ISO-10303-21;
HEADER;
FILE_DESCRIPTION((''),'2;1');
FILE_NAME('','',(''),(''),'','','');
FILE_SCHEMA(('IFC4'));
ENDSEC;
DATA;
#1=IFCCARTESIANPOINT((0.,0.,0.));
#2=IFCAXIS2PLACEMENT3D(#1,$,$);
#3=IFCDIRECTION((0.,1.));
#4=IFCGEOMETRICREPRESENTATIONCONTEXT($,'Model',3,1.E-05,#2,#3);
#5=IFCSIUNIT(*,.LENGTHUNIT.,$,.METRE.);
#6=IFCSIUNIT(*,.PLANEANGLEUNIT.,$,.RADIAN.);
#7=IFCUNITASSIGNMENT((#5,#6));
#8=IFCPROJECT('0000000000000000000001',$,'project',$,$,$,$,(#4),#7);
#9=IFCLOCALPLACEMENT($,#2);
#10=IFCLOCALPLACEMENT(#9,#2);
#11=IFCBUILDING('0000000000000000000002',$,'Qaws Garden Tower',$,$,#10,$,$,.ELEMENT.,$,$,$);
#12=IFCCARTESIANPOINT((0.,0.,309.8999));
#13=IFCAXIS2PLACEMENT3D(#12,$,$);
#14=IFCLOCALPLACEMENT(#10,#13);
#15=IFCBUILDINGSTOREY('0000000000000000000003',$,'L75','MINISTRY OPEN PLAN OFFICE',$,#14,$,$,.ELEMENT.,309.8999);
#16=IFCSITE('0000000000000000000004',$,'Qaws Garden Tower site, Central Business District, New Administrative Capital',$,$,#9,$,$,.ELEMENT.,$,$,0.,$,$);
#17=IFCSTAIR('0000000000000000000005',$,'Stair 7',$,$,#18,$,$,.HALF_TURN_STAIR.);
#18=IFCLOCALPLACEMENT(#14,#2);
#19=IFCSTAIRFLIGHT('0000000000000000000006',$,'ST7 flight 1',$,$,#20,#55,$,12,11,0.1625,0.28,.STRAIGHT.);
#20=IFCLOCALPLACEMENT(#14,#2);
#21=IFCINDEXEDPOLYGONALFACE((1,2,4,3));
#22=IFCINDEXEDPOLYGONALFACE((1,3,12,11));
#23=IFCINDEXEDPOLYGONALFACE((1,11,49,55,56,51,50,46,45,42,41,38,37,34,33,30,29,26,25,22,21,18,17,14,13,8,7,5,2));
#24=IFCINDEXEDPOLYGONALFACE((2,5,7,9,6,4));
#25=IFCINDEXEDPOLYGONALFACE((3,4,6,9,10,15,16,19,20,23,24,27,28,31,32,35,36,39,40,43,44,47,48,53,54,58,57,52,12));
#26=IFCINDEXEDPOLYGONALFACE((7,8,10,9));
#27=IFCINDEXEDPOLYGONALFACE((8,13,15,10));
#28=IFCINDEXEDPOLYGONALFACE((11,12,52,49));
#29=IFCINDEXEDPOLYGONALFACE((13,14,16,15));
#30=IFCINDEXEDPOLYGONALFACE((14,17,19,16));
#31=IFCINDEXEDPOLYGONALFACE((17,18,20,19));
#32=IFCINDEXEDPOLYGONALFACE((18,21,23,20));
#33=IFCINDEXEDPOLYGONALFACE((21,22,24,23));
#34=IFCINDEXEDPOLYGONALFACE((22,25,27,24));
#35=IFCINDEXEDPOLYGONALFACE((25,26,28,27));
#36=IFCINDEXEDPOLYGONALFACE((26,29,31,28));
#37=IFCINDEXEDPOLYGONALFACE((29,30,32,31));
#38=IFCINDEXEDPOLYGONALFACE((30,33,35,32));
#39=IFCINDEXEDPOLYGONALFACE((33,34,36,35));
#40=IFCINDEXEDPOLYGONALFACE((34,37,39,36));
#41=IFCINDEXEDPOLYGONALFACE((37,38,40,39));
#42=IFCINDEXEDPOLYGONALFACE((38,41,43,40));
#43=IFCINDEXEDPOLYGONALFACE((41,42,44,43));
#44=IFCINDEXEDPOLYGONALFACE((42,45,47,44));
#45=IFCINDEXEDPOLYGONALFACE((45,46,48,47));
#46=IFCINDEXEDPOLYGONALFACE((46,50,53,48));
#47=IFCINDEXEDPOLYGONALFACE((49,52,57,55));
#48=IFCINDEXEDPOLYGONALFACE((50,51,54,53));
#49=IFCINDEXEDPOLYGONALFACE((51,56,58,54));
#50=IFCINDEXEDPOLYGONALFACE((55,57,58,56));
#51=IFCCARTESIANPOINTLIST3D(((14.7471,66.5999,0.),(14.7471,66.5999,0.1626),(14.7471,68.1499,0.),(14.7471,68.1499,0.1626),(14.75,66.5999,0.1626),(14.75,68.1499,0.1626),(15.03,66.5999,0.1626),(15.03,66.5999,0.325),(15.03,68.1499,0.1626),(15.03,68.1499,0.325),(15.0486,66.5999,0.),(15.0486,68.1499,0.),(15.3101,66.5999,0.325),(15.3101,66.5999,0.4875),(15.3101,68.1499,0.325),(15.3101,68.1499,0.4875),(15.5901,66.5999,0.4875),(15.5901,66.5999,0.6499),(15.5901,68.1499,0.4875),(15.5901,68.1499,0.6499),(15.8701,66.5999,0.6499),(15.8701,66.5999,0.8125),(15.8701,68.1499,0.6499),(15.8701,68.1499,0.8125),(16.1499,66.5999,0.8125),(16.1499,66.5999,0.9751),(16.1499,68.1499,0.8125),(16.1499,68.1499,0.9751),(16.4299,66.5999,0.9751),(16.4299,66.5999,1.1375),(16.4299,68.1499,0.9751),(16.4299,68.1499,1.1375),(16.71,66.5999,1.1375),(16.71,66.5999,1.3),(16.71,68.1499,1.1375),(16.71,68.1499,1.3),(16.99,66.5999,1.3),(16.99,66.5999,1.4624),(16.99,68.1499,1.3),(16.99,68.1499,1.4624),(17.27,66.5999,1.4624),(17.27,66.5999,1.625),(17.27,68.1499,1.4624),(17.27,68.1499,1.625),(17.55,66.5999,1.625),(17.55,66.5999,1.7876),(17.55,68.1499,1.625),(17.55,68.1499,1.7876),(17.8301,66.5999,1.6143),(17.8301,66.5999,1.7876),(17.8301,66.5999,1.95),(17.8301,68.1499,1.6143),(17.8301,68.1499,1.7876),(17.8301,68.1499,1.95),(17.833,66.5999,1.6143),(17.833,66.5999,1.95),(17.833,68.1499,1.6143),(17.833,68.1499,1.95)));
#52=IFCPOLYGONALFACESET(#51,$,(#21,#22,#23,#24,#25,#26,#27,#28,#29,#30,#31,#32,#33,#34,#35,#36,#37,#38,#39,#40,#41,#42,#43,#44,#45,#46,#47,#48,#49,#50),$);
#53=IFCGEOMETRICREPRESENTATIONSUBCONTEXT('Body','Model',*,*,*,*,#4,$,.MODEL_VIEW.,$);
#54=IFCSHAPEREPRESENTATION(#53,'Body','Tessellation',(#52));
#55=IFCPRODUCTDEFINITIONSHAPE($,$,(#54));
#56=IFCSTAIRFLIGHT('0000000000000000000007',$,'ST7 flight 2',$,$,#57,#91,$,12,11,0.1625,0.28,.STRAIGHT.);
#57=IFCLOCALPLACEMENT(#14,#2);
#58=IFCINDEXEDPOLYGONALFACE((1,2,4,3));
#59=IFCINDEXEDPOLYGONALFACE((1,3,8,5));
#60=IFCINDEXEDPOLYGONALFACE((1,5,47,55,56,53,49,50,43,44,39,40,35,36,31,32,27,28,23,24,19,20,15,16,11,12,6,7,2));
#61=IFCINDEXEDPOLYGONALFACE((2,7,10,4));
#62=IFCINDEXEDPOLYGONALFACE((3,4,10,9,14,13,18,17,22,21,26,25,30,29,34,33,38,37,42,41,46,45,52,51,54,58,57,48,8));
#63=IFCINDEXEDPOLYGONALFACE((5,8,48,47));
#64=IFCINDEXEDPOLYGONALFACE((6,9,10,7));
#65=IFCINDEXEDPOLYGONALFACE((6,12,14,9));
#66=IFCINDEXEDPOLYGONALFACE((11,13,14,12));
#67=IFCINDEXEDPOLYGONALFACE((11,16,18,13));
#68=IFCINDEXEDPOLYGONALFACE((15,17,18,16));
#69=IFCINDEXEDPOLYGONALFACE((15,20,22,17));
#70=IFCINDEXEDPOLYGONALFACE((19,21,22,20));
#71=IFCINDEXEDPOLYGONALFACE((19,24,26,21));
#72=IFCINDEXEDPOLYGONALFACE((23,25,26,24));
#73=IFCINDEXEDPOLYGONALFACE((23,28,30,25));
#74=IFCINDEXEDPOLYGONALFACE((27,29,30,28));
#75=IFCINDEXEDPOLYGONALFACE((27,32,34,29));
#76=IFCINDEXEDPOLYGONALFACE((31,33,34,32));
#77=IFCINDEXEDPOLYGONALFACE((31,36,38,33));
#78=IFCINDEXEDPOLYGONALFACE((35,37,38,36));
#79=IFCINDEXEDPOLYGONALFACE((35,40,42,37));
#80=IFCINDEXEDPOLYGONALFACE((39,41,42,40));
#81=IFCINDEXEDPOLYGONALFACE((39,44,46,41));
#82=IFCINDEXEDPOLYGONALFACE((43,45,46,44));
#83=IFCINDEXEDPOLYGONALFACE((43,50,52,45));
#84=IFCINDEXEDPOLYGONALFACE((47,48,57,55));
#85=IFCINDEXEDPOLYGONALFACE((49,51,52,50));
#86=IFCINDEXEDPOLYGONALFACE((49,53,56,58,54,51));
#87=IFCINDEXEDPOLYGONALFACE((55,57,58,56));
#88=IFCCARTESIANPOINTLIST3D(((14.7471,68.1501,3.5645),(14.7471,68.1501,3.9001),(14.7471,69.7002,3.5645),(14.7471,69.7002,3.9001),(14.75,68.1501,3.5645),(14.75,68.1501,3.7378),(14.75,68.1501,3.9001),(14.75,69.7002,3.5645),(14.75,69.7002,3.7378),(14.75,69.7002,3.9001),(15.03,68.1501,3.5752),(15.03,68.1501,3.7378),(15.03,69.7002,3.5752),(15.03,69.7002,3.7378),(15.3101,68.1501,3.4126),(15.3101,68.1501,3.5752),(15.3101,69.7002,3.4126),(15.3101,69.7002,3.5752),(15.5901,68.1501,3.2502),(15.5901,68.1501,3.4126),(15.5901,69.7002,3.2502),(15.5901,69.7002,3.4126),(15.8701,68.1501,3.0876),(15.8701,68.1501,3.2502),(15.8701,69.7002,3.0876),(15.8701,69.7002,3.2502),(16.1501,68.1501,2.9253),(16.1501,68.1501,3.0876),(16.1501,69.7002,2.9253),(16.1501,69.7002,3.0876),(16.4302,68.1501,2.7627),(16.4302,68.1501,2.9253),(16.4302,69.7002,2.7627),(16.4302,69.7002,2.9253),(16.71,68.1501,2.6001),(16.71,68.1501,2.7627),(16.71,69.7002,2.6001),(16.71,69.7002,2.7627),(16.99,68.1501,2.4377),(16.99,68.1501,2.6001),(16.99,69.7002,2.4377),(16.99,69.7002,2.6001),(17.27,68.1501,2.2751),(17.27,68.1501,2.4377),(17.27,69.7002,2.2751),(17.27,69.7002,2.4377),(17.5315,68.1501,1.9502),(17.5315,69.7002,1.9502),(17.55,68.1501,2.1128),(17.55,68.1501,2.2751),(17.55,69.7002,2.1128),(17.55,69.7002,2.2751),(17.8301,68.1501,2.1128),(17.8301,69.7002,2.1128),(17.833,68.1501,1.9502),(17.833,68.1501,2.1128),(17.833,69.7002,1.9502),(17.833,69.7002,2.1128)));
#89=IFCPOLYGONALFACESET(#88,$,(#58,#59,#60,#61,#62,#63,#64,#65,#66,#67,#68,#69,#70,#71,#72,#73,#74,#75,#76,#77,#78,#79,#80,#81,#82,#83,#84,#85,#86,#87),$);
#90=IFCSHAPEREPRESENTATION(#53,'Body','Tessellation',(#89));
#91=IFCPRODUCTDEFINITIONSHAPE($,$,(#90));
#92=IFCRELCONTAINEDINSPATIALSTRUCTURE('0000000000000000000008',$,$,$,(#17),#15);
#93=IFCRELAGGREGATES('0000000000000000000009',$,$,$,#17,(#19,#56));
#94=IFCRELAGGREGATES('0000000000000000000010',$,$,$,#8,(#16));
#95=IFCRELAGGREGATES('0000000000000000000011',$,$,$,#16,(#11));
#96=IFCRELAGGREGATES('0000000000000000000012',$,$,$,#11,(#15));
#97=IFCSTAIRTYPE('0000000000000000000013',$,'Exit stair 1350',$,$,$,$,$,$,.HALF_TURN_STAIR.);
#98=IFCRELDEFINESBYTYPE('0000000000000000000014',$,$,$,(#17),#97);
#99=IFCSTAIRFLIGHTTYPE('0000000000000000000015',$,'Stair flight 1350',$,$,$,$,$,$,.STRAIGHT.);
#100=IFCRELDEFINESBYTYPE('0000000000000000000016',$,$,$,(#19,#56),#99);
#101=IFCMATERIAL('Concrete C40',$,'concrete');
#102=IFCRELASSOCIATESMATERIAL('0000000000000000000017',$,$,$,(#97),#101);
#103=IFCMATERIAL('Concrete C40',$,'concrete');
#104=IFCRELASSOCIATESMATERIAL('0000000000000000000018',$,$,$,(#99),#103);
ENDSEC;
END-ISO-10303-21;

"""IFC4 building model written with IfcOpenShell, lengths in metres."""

from ifc_helpers import new_model, si_unit, direction, frame, origin, place, context, subcontext, project, spatial, polyline, outline, extrude, material, type_object, element, aggregate, save


model = new_model("IFC4")

# Units and contexts
model_context = context("Model", 3, precision=1e-05, world=origin(), true_north=direction((0.0, 1.0)))
body_context = subcontext(model_context, "Body", "Model", "MODEL_VIEW")
ifc_project = project(units=[si_unit("LENGTHUNIT", "METRE"), si_unit("PLANEANGLEUNIT", "RADIAN")], contexts=[model_context])

# Site, building, storey
site_placement = place(None, origin())
site = spatial("IfcSite", under=ifc_project, at=site_placement, Name="Qaws Garden Tower site, Central Business District, New Administrative Capital", CompositionType="ELEMENT", RefElevation=0.0)
building_placement = place(site_placement, origin())
building = spatial("IfcBuilding", under=site, at=building_placement, Name="Qaws Garden Tower", CompositionType="ELEMENT")
storey_placement = place(building_placement, frame((0.0, 0.0, 309.8999)))
storey = spatial("IfcBuildingStorey", under=building, at=storey_placement, Name="L75", Description="MINISTRY OPEN PLAN OFFICE", CompositionType="ELEMENT", Elevation=309.8999)

# Stair, stair flights
ifc_material_1 = material(Name="Concrete C40", Category="concrete")
stair_type = type_object("IfcStairType", Name="Exit stair 1350", PredefinedType="HALF_TURN_STAIR", material=ifc_material_1)
stair_placement = place(storey_placement, origin())
stair = element("IfcStair", 1, at=stair_placement, inside=storey, type_object=stair_type, Name="Stair 7", PredefinedType="HALF_TURN_STAIR")
ifc_material_2 = material(Name="Concrete C40", Category="concrete")
stair_flight_type = type_object("IfcStairFlightType", Name="Stair flight 1350", PredefinedType="STRAIGHT", material=ifc_material_2)
stair_flight_1_placement = place(storey_placement, frame((14.75, 67.375, 0.0), z_axis=(0.0, 0.0, 1.0), x_axis=(1.0, 0.0, 0.0)))
stair_flight_1 = element("IfcStairFlight", 2, at=stair_flight_1_placement, type_object=stair_flight_type, Name="ST7 flight 1", NumberOfRisers=12, NumberOfTreads=11, PredefinedType="STRAIGHT", RiserHeight=0.1625, TreadLength=0.28, context=body_context, shape_type="SweptSolid", body=[
    extrude(outline(polyline([(-0.0029, 0.0), (-0.0029, 0.1626), (0.0, 0.1626), (0.28, 0.1626), (0.28, 0.325), (0.5601, 0.325), (0.5601, 0.4875), (0.8401, 0.4875), (0.8401, 0.6499), (1.1201, 0.6499), (1.1201, 0.8125), (1.3999, 0.8125), (1.3999, 0.9751), (1.6799, 0.9751), (1.6799, 1.1375), (1.96, 1.1375), (1.96, 1.3), (2.24, 1.3), (2.24, 1.4624), (2.52, 1.4624), (2.52, 1.625), (2.8, 1.625), (2.8, 1.7876), (3.0801, 1.7876), (3.0801, 1.95), (3.083, 1.95), (3.083, 1.6143), (3.0801, 1.6143), (0.2986, 0.0), (-0.0029, 0.0)])), frame((0.0, 0.7749, 0.0), z_axis=(0.0, -1.0, 0.0), x_axis=(1.0, 0.0, 0.0)), (0.0, 0.0, 1.0), 1.55),
])
stair_flight_2_placement = place(storey_placement, frame((17.8301, 68.925, 1.9502), z_axis=(0.0, 0.0, 1.0), x_axis=(-1.0, 0.0, 0.0)))
stair_flight_2 = element("IfcStairFlight", 3, at=stair_flight_2_placement, type_object=stair_flight_type, Name="ST7 flight 2", NumberOfRisers=12, NumberOfTreads=11, PredefinedType="STRAIGHT", RiserHeight=0.1625, TreadLength=0.28, context=body_context, shape_type="SweptSolid", body=[
    extrude(outline(polyline([(-0.0029, 0.0), (-0.0029, 0.1626), (0.0, 0.1626), (0.28, 0.1626), (0.28, 0.325), (0.5601, 0.325), (0.5601, 0.4875), (0.8401, 0.4875), (0.8401, 0.6499), (1.1201, 0.6499), (1.1201, 0.8125), (1.3999, 0.8125), (1.3999, 0.9751), (1.6799, 0.9751), (1.6799, 1.1375), (1.96, 1.1375), (1.96, 1.3), (2.24, 1.3), (2.24, 1.4624), (2.52, 1.4624), (2.52, 1.625), (2.8, 1.625), (2.8, 1.7876), (3.0801, 1.7876), (3.0801, 1.95), (3.083, 1.95), (3.083, 1.6143), (3.0801, 1.6143), (0.2986, 0.0), (-0.0029, 0.0)])), frame((0.0, 0.7749, 0.0), z_axis=(0.0, -1.0, 0.0), x_axis=(1.0, 0.0, 0.0)), (0.0, 0.0, 1.0), 1.55),
])
aggregate(stair, [stair_flight_1, stair_flight_2])

save(model, "model.ifc")
